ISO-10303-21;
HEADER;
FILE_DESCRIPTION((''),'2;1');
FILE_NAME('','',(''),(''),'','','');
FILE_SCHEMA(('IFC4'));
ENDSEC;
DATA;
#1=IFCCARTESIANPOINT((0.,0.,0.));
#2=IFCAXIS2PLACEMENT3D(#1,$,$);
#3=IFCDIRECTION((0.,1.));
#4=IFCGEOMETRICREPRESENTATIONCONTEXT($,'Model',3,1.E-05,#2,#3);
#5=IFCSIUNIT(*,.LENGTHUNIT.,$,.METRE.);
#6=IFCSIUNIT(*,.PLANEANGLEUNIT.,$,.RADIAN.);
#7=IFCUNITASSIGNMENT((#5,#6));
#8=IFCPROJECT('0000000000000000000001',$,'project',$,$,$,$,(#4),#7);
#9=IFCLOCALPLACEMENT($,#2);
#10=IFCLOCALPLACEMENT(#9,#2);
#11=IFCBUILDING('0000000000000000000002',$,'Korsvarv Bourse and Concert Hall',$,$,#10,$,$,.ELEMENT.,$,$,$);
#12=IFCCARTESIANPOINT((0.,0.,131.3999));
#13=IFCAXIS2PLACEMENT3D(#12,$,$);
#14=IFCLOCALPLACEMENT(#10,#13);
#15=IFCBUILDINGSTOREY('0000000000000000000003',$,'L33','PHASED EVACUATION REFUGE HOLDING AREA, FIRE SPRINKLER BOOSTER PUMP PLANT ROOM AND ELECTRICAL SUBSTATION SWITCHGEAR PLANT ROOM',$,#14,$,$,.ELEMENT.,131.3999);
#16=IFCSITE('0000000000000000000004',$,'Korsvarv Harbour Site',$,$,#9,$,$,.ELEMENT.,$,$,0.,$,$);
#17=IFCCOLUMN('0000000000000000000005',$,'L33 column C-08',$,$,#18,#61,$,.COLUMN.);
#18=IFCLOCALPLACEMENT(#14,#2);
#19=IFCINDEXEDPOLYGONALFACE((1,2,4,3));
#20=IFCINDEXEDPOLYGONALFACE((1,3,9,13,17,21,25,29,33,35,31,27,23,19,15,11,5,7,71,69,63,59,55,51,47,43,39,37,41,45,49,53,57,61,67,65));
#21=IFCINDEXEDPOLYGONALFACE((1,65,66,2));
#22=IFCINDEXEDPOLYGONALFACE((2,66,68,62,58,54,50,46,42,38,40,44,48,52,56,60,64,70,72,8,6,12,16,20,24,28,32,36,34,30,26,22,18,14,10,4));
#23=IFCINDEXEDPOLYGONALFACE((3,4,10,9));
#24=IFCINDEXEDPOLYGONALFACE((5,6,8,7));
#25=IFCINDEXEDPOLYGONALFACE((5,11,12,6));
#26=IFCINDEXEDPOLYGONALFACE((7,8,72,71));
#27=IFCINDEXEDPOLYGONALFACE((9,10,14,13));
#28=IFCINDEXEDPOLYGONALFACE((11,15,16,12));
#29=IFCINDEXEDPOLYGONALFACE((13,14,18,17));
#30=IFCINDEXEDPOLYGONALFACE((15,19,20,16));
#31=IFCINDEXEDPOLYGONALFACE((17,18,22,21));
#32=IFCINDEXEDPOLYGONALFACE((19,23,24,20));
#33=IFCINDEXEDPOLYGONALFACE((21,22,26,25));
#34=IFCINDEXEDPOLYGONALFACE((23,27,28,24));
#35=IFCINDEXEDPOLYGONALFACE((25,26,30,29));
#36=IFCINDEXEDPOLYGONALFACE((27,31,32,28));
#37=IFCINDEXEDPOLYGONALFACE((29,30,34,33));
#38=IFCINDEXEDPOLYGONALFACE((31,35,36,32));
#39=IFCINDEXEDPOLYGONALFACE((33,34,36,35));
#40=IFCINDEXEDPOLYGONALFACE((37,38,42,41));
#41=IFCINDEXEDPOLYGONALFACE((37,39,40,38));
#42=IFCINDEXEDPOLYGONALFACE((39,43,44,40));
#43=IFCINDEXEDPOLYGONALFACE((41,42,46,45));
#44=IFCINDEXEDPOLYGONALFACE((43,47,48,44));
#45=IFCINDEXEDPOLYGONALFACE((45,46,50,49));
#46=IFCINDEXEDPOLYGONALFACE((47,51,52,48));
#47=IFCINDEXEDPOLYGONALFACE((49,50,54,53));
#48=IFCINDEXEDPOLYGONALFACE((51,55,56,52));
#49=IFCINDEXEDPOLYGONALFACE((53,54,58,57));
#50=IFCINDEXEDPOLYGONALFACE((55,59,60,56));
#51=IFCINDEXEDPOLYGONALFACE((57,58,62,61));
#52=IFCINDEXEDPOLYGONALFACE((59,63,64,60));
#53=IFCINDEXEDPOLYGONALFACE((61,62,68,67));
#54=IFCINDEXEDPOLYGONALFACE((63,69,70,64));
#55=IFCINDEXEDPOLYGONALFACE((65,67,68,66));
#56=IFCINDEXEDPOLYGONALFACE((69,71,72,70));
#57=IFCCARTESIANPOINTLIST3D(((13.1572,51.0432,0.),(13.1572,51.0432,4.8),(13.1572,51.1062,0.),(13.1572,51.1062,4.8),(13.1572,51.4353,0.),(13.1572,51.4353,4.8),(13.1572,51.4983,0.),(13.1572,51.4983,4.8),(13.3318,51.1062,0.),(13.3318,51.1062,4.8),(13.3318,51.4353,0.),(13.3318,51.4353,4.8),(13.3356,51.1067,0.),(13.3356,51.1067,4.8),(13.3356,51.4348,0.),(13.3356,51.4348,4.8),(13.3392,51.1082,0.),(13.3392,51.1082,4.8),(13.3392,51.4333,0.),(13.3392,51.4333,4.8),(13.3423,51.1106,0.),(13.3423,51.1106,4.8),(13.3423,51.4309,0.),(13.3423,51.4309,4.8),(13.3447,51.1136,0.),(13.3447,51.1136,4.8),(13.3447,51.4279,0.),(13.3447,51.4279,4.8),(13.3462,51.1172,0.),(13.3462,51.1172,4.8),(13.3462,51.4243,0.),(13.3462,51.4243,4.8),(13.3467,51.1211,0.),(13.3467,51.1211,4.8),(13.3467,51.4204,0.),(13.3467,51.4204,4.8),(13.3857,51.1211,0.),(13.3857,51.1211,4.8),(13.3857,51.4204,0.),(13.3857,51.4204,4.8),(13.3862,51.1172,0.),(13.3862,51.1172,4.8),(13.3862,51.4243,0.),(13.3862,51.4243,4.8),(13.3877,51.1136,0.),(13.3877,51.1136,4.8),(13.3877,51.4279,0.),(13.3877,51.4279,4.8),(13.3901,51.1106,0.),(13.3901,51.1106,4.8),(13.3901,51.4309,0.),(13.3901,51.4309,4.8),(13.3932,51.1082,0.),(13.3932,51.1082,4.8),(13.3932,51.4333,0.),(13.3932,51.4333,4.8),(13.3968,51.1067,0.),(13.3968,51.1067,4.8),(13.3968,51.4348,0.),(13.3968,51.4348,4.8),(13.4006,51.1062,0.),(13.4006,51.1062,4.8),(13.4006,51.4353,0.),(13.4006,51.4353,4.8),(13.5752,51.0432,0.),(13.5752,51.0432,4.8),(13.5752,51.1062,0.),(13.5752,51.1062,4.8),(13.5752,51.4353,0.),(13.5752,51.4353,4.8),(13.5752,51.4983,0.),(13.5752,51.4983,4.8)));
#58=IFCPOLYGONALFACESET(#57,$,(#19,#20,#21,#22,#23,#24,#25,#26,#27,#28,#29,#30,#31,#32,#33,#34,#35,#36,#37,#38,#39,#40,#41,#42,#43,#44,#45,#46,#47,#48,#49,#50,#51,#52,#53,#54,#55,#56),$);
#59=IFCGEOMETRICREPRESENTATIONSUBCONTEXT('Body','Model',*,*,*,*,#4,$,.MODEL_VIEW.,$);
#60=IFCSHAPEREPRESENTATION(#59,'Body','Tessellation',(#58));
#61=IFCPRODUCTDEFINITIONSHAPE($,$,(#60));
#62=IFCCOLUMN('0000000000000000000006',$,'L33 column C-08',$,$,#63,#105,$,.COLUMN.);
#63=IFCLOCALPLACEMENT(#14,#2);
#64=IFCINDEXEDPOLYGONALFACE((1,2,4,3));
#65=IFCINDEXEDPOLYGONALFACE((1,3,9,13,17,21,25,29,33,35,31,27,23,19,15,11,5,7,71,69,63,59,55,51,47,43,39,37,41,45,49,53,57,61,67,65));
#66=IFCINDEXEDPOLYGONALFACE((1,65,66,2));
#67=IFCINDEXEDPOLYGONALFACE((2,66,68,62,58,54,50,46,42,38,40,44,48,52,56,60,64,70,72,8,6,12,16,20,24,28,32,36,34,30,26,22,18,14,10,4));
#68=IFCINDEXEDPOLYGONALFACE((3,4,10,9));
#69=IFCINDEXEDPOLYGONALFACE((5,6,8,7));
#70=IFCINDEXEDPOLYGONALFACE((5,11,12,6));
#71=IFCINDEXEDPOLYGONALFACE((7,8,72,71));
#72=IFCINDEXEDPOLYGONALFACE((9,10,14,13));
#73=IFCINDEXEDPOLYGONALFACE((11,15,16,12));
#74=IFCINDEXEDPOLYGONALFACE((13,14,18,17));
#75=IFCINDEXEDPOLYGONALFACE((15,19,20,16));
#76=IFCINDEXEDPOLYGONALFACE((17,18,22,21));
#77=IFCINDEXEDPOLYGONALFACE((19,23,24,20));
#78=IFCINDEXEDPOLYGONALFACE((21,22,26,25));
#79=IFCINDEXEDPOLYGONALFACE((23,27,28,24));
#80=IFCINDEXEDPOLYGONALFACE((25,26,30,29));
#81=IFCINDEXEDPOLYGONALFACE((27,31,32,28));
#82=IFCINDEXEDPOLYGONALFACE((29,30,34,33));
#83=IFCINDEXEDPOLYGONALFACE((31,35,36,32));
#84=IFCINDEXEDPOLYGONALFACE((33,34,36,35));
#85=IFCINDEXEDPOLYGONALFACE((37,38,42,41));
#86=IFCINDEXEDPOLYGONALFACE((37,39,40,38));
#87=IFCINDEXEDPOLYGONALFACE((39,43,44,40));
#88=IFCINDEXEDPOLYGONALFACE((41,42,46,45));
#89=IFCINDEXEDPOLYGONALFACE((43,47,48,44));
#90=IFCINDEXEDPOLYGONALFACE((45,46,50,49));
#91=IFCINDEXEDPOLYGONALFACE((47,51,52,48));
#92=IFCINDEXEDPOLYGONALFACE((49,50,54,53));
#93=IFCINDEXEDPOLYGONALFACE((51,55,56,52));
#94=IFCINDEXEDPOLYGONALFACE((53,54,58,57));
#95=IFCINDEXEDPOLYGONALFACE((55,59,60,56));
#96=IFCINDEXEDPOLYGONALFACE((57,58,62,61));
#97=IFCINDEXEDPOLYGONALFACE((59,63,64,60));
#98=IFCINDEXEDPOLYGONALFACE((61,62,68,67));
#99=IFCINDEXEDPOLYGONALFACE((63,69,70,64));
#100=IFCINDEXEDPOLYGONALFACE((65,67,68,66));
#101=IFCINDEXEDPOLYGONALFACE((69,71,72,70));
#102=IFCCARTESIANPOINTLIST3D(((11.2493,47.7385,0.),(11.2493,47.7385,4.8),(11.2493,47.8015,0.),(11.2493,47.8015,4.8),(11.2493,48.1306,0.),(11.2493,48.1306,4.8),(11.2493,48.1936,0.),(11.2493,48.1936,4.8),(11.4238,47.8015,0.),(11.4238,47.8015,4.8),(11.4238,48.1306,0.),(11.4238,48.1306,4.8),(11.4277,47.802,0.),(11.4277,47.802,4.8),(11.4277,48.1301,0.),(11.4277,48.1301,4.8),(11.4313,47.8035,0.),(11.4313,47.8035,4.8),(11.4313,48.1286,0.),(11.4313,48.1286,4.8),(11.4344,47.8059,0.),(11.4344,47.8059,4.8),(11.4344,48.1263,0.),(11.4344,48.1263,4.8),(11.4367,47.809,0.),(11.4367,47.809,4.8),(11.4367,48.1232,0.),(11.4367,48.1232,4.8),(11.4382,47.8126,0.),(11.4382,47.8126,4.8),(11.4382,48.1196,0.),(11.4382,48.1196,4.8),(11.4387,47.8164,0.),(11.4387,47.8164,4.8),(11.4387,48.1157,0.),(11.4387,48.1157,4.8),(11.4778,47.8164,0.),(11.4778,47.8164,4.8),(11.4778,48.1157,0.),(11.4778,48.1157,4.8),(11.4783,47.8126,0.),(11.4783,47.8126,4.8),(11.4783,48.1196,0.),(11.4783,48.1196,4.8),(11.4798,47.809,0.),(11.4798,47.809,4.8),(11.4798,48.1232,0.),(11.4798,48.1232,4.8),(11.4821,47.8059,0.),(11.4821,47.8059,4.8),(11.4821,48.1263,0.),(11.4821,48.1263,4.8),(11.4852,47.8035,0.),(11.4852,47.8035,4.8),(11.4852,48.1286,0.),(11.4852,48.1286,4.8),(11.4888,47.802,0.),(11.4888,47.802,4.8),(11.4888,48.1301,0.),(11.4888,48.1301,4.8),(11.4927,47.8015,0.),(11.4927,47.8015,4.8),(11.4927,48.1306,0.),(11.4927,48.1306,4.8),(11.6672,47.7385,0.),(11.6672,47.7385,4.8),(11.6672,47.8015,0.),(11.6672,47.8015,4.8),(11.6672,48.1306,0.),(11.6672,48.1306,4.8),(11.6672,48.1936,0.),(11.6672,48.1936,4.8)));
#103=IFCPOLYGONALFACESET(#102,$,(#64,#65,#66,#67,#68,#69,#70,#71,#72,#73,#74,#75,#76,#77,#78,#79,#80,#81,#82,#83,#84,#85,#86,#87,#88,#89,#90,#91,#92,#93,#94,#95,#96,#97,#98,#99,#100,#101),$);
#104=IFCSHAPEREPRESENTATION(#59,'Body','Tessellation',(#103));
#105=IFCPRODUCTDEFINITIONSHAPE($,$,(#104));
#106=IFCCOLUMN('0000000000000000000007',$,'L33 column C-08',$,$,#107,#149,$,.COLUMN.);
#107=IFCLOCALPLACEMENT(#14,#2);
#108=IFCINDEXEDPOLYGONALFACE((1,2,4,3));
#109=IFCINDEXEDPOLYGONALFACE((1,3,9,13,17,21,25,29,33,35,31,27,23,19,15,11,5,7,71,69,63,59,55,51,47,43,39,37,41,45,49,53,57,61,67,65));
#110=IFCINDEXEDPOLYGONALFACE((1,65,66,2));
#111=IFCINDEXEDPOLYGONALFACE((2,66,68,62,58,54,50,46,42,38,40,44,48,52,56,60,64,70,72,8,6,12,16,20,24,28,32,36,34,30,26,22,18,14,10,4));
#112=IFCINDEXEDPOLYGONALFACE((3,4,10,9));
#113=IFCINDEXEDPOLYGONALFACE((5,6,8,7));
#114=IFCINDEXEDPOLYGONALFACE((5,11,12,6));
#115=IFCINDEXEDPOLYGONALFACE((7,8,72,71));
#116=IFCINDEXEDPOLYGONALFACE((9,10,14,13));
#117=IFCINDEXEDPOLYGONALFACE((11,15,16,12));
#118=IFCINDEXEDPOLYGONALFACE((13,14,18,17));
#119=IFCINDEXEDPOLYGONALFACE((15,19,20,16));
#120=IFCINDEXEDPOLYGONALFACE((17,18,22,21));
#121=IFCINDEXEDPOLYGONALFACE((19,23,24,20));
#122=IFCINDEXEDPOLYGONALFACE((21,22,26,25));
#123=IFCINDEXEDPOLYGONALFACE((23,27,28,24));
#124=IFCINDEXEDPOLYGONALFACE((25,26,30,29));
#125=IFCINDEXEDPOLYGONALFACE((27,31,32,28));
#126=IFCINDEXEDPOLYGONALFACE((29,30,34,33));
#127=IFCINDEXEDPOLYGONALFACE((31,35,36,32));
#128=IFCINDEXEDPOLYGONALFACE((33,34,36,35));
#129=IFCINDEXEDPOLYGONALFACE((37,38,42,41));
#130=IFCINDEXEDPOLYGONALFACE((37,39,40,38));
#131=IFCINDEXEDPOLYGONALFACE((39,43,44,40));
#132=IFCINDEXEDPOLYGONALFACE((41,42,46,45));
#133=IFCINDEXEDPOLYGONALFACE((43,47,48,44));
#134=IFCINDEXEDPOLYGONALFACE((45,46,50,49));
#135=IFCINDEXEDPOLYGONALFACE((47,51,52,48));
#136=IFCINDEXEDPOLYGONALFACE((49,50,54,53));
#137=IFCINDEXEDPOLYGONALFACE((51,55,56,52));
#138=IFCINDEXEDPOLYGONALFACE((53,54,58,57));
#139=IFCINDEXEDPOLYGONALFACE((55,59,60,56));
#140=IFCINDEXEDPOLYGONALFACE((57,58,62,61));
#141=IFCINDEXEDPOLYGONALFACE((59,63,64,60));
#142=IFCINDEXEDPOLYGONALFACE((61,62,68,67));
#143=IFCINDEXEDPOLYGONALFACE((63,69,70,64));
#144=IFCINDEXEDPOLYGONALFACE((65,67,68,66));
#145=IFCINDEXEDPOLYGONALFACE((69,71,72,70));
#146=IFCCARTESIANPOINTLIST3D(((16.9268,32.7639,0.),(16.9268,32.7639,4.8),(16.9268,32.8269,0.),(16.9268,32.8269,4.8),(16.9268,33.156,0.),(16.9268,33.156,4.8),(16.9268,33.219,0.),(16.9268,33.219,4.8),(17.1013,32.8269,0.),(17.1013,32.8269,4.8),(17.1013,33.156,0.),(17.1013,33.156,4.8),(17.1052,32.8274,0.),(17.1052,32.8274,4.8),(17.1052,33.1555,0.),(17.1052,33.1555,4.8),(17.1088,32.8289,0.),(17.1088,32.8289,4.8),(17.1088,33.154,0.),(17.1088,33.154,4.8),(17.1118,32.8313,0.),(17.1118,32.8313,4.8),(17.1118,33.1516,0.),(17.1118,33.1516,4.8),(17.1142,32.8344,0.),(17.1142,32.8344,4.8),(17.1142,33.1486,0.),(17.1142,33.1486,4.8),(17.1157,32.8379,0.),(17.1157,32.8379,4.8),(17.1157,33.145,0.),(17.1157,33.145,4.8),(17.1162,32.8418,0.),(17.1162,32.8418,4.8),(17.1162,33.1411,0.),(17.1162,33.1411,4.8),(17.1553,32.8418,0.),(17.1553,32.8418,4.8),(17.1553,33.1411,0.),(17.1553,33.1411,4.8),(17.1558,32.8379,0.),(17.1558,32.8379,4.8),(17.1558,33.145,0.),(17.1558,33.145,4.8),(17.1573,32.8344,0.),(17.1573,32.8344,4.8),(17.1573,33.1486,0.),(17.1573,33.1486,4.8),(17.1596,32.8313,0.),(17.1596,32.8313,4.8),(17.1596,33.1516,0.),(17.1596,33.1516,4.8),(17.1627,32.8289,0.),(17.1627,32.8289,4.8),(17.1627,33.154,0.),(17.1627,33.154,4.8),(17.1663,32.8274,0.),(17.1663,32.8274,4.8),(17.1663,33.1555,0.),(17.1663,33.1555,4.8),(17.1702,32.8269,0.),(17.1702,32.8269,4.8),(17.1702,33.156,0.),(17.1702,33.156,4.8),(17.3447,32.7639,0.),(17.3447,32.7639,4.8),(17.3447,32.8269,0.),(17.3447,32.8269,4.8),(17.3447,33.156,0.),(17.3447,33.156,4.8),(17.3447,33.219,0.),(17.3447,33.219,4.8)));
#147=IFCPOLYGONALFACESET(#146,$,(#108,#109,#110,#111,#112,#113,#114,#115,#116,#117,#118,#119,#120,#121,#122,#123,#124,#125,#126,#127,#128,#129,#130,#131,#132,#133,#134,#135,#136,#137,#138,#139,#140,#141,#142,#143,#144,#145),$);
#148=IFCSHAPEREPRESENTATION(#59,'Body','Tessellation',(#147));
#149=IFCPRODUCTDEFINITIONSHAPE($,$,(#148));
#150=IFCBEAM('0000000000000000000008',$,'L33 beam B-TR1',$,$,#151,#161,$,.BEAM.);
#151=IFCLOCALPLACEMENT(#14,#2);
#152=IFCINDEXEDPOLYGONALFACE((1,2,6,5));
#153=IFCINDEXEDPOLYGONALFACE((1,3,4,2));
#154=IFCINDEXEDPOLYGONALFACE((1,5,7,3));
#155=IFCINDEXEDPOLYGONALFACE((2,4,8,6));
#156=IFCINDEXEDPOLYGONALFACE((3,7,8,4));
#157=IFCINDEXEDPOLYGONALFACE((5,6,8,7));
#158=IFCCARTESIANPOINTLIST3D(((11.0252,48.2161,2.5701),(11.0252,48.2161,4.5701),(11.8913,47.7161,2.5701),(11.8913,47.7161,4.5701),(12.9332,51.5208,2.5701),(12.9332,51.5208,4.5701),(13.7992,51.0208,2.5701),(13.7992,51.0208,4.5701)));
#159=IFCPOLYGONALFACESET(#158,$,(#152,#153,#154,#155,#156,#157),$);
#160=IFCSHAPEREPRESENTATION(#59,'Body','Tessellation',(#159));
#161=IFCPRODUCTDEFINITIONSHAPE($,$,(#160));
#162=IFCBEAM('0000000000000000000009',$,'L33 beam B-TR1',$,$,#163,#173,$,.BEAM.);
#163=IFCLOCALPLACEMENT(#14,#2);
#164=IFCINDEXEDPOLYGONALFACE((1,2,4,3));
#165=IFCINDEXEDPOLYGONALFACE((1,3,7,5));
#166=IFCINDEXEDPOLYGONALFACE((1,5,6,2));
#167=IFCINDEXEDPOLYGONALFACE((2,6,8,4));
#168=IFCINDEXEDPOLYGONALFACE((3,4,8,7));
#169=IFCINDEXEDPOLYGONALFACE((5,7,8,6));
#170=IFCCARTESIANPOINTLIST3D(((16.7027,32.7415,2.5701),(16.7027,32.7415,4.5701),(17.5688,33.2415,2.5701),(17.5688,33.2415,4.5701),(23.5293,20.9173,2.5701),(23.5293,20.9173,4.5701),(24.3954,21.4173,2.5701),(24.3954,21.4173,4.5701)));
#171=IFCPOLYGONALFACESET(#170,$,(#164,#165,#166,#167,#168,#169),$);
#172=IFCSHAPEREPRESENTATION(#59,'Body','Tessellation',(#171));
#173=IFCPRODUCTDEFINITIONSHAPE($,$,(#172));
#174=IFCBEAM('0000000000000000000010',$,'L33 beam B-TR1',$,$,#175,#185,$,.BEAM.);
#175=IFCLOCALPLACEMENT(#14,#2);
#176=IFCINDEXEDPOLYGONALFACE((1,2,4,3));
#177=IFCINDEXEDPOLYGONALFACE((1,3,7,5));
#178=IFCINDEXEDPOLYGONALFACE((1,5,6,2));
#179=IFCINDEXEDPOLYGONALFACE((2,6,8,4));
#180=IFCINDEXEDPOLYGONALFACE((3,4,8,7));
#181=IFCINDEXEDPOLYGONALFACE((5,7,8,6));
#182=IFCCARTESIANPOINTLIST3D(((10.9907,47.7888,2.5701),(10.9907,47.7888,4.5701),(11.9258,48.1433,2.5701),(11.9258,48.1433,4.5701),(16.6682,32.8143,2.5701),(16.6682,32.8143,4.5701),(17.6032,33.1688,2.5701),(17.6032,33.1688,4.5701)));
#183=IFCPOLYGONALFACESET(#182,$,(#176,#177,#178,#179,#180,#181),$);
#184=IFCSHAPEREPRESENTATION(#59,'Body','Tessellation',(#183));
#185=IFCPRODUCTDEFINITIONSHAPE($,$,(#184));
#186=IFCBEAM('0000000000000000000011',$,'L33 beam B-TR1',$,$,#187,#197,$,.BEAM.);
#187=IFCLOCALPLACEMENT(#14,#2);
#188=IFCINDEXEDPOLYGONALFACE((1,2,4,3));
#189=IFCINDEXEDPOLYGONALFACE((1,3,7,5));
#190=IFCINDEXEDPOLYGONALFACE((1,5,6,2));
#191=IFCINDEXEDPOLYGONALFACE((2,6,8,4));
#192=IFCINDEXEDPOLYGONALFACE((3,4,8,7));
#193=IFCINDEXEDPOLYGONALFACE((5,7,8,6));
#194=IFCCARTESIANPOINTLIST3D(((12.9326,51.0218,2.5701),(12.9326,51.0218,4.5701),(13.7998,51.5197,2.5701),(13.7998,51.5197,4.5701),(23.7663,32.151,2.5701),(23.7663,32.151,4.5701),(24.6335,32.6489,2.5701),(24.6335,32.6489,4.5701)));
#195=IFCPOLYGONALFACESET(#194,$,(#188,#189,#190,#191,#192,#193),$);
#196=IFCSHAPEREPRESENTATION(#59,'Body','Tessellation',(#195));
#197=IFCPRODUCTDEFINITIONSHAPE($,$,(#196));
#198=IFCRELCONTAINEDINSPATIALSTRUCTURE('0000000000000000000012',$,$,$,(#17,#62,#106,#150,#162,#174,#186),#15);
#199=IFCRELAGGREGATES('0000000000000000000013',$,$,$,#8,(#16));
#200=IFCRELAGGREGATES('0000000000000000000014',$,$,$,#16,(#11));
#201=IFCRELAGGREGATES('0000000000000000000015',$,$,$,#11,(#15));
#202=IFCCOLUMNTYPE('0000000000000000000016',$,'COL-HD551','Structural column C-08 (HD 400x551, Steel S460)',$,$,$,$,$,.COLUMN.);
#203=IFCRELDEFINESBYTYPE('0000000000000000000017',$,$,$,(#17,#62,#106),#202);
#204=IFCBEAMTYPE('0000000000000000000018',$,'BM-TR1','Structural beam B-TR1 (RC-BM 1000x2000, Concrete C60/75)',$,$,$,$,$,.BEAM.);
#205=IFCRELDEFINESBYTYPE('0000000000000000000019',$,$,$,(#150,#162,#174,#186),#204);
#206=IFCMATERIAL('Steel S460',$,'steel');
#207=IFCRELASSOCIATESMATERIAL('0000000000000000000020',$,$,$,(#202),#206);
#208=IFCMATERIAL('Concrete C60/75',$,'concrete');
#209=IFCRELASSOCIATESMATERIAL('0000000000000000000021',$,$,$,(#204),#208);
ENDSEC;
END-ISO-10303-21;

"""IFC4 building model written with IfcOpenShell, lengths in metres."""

from ifc_helpers import new_model, si_unit, direction, frame, origin, origin_2d, place, context, subcontext, project, spatial, rectangle, i_section, extrude, source, transform, mapped, material, material_profile, profile_set, type_object, element, save


model = new_model("IFC4")

# Units and contexts
model_context = context("Model", 3, precision=1e-05, world=origin(), true_north=direction((0.0, 1.0)))
body_context = subcontext(model_context, "Body", "Model", "MODEL_VIEW")
ifc_project = project(units=[si_unit("LENGTHUNIT", "METRE"), si_unit("PLANEANGLEUNIT", "RADIAN")], contexts=[model_context])

# Site, building, storey
site_placement = place(None, origin())
site = spatial("IfcSite", under=ifc_project, at=site_placement, Name="Korsvarv Harbour Site", CompositionType="ELEMENT", RefElevation=0.0)
building_placement = place(site_placement, origin())
building = spatial("IfcBuilding", under=site, at=building_placement, Name="Korsvarv Bourse and Concert Hall", CompositionType="ELEMENT")
storey_placement = place(building_placement, frame((0.0, 0.0, 131.3999)))
storey = spatial("IfcBuildingStorey", under=building, at=storey_placement, Name="L33", Description="PHASED EVACUATION REFUGE HOLDING AREA, FIRE SPRINKLER BOOSTER PUMP PLANT ROOM AND ELECTRICAL SUBSTATION SWITCHGEAR PLANT ROOM", CompositionType="ELEMENT", Elevation=131.3999)

# Columns
ifc_material_1 = material(Name="Steel S460", Category="steel")
ifc_material_profile_1 = material_profile(ifc_material_1, i_section(OverallWidth=0.418, OverallDepth=0.4551, WebThickness=0.0391, FlangeThickness=0.063, FilletRadius=0.0149, at=origin_2d()), Name="HD 400x551")
ifc_profile_set_1 = profile_set([ifc_material_profile_1], Name="Steel S460")
column_type = type_object("IfcColumnType", Name="COL-HD551", Description="Structural column C-08 (HD 400x551, Steel S460)", PredefinedType="COLUMN", material=ifc_profile_set_1)
shared_shape_1 = source(origin(), body_context, "Body", "SweptSolid", [
    extrude(i_section(OverallWidth=0.418, OverallDepth=0.4551, WebThickness=0.0391, FlangeThickness=0.063, FilletRadius=0.0149, at=origin_2d()), origin(), (0.0, 0.0, 1.0), 4.8),
])
for number, where, z_axis, x_axis, name in (
    (1, (13.3662, 51.2708, 0.0), (0.0, 0.0, 1.0), (1.0, 0.0, 0.0), "L33 column C-08"),
    (2, (11.4583, 47.9661, 0.0), (0.0, 0.0, 1.0), (1.0, 0.0, 0.0), "L33 column C-08"),
    (3, (17.1357, 32.9915, 0.0), (0.0, 0.0, 1.0), (1.0, 0.0, 0.0), "L33 column C-08"),
):
    element("IfcColumn", number, at=place(storey_placement, frame(where, z_axis=z_axis, x_axis=x_axis)), inside=storey, type_object=column_type, Name=name, PredefinedType="COLUMN", context=body_context, shape_type="MappedRepresentation", body=[
        mapped(shared_shape_1, transform((0.0, 0.0, 0.0), scale=1.0)),
    ])

# Beams
ifc_material_2 = material(Name="Concrete C60/75", Category="concrete")
ifc_material_profile_2 = material_profile(ifc_material_2, rectangle(XDim=1.0, YDim=2.0, at=origin_2d()), Name="RC-BM 1000x2000")
ifc_profile_set_2 = profile_set([ifc_material_profile_2], Name="Concrete C60/75")
beam_type_1 = type_object("IfcBeamType", Name="BM-TR1", Description="Structural beam B-TR1 (RC-BM 1000x2000, Concrete C60/75)", PredefinedType="BEAM", material=ifc_profile_set_2)
shared_shape_2 = source(origin(), body_context, "Body", "SweptSolid", [
    extrude(rectangle(XDim=1.0, YDim=2.0, at=origin_2d()), origin(), (0.0, 0.0, 1.0), 3.8159),
])
beam_1_placement = place(storey_placement, frame((13.3662, 51.2708, 3.5701), z_axis=(-0.499999, -0.866026, 0.0), x_axis=(0.866026, -0.499999, 0.0)))
element("IfcBeam", 4, at=beam_1_placement, inside=storey, type_object=beam_type_1, Name="L33 beam B-TR1", PredefinedType="BEAM", context=body_context, shape_type="MappedRepresentation", body=[
    mapped(shared_shape_2, transform((0.0, 0.0, 0.0), scale=1.0)),
])
shared_shape_3 = source(origin(), body_context, "Body", "SweptSolid", [
    extrude(rectangle(XDim=1.0, YDim=2.0, at=origin_2d()), origin(), (0.0, 0.0, 1.0), 13.6533),
])
beam_2_placement = place(storey_placement, frame((17.1357, 32.9915, 3.5701), z_axis=(0.499997, -0.866027, 0.0), x_axis=(0.866027, 0.499997, 0.0)))
element("IfcBeam", 5, at=beam_2_placement, inside=storey, type_object=beam_type_1, Name="L33 beam B-TR1", PredefinedType="BEAM", context=body_context, shape_type="MappedRepresentation", body=[
    mapped(shared_shape_3, transform((0.0, 0.0, 0.0), scale=1.0)),
])
shared_shape_4 = source(origin(), body_context, "Body", "SweptSolid", [
    extrude(rectangle(XDim=1.0, YDim=2.0, at=origin_2d()), origin(), (0.0, 0.0, 1.0), 16.0146),
])
beam_3_placement = place(storey_placement, frame((11.4583, 47.9661, 3.5701), z_axis=(0.354516, -0.93505, 0.0), x_axis=(0.93505, 0.354516, 0.0)))
element("IfcBeam", 6, at=beam_3_placement, inside=storey, type_object=beam_type_1, Name="L33 beam B-TR1", PredefinedType="BEAM", context=body_context, shape_type="MappedRepresentation", body=[
    mapped(shared_shape_4, transform((0.0, 0.0, 0.0), scale=1.0)),
])
shared_shape_5 = source(origin(), body_context, "Body", "SweptSolid", [
    extrude(rectangle(XDim=1.0, YDim=2.0, at=origin_2d()), origin(), (0.0, 0.0, 1.0), 21.7595),
])
beam_4_placement = place(storey_placement, frame((13.3662, 51.2708, 3.5701), z_axis=(0.497884, -0.867244, 0.0), x_axis=(0.867244, 0.497884, 0.0)))
element("IfcBeam", 7, at=beam_4_placement, inside=storey, type_object=beam_type_1, Name="L33 beam B-TR1", PredefinedType="BEAM", context=body_context, shape_type="MappedRepresentation", body=[
    mapped(shared_shape_5, transform((0.0, 0.0, 0.0), scale=1.0)),
])

save(model, "model.ifc")
